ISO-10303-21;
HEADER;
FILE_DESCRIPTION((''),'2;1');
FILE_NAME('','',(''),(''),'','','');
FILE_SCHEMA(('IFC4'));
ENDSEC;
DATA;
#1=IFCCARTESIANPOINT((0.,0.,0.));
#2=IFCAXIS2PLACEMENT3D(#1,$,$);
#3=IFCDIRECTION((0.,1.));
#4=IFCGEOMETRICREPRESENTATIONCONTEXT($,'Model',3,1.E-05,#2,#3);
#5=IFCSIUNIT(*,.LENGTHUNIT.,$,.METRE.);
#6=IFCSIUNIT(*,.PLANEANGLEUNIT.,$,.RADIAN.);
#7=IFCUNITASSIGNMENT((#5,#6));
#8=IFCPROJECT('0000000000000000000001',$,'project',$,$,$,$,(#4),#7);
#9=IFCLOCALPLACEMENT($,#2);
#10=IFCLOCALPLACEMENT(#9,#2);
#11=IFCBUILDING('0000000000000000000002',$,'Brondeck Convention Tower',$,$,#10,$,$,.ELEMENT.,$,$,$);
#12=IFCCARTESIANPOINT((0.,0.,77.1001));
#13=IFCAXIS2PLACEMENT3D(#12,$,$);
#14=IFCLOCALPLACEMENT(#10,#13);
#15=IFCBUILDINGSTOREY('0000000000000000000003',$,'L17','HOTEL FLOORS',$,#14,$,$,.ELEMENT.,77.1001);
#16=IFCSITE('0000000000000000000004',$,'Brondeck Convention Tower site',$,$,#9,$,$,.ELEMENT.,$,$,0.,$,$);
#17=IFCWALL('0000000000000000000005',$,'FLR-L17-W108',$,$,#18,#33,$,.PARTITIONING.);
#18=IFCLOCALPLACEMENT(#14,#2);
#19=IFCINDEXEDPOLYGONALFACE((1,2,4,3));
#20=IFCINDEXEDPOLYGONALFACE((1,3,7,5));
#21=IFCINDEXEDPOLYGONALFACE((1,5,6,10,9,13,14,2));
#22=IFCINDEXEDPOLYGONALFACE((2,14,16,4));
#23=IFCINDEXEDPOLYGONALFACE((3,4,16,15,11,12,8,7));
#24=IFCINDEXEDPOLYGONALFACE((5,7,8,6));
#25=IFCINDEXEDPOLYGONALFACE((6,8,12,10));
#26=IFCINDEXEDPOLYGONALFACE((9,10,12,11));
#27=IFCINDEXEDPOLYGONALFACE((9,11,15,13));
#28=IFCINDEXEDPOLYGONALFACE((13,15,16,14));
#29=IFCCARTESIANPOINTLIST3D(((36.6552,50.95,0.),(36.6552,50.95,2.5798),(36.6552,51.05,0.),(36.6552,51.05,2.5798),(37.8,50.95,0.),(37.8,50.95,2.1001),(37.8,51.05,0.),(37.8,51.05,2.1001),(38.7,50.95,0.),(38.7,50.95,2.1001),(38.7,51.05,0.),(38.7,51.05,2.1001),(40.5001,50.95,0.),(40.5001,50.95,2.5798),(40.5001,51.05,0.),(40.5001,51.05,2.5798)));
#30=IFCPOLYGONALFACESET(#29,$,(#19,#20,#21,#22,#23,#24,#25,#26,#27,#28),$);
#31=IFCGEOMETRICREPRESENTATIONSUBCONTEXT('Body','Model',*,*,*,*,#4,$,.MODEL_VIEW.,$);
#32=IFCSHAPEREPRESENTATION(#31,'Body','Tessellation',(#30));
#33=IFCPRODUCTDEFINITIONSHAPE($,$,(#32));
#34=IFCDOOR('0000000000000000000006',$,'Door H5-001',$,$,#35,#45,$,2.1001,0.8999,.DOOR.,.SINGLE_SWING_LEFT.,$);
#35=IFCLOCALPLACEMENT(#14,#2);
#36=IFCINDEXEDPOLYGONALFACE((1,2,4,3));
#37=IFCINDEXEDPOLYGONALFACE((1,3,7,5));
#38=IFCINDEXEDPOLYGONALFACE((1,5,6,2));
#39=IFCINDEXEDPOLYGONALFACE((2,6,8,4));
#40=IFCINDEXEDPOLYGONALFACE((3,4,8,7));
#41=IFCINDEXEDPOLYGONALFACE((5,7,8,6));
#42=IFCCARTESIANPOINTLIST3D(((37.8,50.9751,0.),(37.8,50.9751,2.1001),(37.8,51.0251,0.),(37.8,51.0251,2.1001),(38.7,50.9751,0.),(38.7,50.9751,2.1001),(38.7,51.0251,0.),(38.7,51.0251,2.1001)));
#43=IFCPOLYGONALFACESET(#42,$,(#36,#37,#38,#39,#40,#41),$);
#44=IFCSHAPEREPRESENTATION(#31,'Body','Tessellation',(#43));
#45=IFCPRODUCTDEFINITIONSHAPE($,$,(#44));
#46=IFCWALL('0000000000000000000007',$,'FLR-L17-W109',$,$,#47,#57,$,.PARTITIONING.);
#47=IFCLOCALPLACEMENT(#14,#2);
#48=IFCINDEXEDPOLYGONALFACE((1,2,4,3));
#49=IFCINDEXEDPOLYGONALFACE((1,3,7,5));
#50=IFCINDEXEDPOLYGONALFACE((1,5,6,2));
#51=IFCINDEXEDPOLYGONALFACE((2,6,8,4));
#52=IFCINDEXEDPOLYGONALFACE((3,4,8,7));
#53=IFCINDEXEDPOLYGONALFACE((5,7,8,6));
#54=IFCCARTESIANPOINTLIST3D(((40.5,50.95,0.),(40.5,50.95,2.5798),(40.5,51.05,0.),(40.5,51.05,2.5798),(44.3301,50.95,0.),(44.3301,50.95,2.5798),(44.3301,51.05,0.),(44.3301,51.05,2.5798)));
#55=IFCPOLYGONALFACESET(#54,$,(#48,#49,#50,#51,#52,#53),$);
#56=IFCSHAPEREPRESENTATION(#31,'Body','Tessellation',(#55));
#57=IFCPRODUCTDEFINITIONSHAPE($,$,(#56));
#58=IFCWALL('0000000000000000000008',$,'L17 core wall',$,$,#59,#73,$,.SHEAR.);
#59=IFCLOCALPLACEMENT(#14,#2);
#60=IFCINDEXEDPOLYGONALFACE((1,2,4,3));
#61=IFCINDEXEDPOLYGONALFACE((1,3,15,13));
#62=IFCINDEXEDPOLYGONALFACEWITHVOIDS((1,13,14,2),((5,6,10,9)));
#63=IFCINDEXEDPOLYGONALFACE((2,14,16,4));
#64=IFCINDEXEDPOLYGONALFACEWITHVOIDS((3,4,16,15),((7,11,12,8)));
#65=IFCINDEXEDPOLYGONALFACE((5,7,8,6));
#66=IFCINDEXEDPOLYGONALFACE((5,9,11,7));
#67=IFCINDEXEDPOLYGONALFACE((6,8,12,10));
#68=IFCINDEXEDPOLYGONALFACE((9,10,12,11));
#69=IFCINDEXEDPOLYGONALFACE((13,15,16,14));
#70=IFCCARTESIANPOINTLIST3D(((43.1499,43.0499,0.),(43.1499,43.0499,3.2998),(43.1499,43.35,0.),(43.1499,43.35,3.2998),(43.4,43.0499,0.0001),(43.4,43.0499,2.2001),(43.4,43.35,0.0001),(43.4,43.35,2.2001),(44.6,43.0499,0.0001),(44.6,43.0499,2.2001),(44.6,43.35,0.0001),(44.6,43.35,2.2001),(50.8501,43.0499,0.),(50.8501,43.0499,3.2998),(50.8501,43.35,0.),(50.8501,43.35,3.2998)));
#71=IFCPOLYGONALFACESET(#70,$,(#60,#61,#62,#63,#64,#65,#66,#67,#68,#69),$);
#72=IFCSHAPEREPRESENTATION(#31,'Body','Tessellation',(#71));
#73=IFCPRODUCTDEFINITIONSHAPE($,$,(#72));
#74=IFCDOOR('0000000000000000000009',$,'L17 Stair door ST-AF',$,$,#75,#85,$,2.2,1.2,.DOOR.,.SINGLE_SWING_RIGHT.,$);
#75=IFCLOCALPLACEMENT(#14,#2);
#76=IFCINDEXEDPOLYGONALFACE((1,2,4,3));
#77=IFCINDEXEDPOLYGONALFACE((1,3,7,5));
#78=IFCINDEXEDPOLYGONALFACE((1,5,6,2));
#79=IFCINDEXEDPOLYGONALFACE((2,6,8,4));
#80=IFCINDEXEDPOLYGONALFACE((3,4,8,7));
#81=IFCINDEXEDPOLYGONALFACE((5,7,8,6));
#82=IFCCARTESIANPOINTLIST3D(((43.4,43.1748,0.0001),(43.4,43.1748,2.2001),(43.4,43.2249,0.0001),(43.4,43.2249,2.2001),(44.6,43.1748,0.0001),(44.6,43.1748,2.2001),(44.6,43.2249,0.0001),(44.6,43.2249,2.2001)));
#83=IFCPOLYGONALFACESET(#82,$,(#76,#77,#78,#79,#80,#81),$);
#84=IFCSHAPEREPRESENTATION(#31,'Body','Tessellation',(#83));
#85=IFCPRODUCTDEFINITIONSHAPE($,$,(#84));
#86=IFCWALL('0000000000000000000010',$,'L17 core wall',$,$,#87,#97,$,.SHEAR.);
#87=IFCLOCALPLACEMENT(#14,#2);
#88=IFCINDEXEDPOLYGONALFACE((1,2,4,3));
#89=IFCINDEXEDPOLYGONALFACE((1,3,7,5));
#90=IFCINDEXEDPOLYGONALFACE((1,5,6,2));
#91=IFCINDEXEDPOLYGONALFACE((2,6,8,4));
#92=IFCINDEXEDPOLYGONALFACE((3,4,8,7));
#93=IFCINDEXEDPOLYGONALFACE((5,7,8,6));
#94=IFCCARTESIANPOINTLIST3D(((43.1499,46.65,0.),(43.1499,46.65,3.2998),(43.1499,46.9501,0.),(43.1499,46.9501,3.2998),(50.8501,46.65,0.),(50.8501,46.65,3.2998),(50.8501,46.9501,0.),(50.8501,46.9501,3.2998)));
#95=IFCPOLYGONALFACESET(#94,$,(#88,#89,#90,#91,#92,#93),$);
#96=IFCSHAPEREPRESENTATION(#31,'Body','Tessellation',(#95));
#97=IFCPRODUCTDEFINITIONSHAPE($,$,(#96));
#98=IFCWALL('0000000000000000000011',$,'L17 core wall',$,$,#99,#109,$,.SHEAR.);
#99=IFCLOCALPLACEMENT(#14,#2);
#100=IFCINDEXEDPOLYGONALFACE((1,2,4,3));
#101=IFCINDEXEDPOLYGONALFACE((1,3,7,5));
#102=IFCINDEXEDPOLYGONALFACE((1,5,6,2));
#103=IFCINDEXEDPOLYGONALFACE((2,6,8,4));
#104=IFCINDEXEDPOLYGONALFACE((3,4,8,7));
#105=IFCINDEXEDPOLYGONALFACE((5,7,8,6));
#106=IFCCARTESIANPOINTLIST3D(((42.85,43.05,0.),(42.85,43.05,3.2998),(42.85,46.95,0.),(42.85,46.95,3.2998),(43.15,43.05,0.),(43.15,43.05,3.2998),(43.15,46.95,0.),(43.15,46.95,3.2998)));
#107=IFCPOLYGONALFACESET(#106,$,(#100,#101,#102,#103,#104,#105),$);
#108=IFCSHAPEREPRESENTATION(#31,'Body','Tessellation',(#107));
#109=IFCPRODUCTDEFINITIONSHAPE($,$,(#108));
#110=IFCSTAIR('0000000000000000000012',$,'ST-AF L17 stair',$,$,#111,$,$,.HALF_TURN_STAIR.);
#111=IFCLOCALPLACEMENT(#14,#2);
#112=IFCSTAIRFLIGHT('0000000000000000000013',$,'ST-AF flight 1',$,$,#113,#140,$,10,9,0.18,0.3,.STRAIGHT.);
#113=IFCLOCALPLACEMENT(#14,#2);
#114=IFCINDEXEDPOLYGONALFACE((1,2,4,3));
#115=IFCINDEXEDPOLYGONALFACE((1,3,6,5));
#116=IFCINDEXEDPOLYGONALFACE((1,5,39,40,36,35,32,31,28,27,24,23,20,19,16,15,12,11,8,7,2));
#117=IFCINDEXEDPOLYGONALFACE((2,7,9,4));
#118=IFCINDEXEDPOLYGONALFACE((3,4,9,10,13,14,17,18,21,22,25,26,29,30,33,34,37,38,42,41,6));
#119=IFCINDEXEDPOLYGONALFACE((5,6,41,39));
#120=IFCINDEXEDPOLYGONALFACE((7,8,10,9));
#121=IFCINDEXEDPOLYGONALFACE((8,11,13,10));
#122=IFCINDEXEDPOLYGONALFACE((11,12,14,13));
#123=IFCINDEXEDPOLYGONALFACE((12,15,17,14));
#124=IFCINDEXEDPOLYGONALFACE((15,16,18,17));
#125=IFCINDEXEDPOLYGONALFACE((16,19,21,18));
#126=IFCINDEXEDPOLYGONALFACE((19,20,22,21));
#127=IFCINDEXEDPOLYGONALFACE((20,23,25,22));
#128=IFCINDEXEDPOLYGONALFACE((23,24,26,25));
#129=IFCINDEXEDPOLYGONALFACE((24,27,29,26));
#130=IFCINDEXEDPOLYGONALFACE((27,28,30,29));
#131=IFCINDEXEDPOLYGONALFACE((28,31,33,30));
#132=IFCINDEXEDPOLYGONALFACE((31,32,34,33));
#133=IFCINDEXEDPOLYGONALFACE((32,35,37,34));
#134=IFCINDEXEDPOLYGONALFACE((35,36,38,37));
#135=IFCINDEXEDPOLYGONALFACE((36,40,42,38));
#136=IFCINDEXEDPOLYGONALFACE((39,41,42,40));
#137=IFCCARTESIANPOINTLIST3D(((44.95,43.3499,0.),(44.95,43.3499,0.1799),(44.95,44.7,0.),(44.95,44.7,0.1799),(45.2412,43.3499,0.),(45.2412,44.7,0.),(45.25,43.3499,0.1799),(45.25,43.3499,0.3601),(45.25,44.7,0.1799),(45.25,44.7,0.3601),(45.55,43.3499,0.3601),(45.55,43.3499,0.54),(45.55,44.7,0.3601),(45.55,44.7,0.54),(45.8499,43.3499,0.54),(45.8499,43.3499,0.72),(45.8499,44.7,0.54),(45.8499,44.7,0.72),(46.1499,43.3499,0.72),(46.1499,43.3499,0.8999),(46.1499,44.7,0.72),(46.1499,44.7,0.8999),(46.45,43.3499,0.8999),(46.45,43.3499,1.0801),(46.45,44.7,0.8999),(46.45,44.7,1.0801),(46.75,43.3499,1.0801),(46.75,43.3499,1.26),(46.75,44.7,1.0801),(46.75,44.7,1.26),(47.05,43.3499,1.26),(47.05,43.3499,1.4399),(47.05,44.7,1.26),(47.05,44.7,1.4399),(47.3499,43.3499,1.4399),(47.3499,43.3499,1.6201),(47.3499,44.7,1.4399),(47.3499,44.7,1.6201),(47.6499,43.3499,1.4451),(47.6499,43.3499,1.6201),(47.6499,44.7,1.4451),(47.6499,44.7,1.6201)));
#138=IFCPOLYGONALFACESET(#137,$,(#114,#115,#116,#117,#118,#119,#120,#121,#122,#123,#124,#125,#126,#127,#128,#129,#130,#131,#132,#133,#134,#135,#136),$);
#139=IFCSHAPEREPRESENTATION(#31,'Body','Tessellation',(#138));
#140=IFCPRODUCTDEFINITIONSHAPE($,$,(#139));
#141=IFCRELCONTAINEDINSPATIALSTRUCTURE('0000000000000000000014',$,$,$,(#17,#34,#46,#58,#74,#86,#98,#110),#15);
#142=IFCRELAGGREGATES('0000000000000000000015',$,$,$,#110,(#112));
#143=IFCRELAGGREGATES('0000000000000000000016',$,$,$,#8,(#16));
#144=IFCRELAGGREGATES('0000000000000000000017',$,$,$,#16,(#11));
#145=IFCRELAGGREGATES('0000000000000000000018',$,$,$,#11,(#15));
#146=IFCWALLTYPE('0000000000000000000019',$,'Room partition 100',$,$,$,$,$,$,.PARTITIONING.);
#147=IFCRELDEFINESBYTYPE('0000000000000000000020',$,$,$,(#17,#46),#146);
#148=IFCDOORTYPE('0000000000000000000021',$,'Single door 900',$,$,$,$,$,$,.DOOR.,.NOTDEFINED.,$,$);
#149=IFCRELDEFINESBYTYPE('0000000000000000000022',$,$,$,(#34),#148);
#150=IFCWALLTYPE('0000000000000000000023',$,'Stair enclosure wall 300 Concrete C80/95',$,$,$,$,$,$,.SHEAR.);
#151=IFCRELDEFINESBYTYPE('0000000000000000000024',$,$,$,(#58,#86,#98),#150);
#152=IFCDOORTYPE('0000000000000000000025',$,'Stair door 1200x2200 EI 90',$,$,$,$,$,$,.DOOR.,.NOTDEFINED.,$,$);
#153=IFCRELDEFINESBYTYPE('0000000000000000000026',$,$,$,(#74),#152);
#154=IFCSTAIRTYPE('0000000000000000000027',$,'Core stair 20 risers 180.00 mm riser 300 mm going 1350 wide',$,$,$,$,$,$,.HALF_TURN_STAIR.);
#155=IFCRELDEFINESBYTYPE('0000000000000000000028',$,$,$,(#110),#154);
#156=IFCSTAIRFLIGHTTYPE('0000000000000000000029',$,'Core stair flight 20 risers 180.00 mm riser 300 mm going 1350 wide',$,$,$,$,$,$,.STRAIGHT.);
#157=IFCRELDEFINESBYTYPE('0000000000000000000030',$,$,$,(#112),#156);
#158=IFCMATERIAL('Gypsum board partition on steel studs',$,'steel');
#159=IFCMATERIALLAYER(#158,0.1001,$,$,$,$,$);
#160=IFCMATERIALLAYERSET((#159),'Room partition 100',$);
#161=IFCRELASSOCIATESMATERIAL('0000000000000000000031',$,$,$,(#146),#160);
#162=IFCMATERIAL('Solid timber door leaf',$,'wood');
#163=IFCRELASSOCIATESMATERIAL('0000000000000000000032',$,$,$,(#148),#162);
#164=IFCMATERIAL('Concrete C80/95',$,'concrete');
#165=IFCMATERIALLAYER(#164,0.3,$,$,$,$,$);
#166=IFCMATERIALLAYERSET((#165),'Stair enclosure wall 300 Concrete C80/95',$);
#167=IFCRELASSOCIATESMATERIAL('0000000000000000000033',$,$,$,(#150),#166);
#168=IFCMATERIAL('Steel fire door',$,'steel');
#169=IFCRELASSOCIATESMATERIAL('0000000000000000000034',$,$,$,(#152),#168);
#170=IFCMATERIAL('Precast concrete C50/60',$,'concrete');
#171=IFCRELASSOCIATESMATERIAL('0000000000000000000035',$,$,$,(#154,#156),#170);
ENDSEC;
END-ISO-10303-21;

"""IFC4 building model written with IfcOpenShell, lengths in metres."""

from ifc_helpers import new_model, si_unit, direction, frame, frame_2d, origin, place, context, subcontext, project, spatial, polyline, rectangle, outline, extrude, material, layer, layer_set, type_object, element, fill, aggregate, save


model = new_model("IFC4")

# Units and contexts
model_context = context("Model", 3, precision=1e-05, world=origin(), true_north=direction((0.0, 1.0)))
body_context = subcontext(model_context, "Body", "Model", "MODEL_VIEW")
ifc_project = project(units=[si_unit("LENGTHUNIT", "METRE"), si_unit("PLANEANGLEUNIT", "RADIAN")], contexts=[model_context])

# Site, building, storey
site_placement = place(None, origin())
site = spatial("IfcSite", under=ifc_project, at=site_placement, Name="Brondeck Convention Tower site", CompositionType="ELEMENT", RefElevation=0.0)
building_placement = place(site_placement, origin())
building = spatial("IfcBuilding", under=site, at=building_placement, Name="Brondeck Convention Tower", CompositionType="ELEMENT")
storey_placement = place(building_placement, frame((0.0, 0.0, 77.1001)))
storey = spatial("IfcBuildingStorey", under=building, at=storey_placement, Name="L17", Description="HOTEL FLOORS", CompositionType="ELEMENT", Elevation=77.1001)

# Shared definitions
ifc_material_1 = material(Name="Concrete C80/95", Category="concrete")

# Shared definitions
ifc_material_2 = material(Name="Gypsum board partition on steel studs", Category="steel")
ifc_layer_1 = layer(ifc_material_2, 0.1001)
ifc_layer_set_1 = layer_set([ifc_layer_1], Name="Room partition 100")
wall_type_1 = type_object("IfcWallType", Name="Room partition 100", PredefinedType="PARTITIONING", material=ifc_layer_set_1)

# Wall, opening, door
ifc_material_3 = material(Name="Solid timber door leaf", Category="wood")
door_type_1 = type_object("IfcDoorType", Name="Single door 900", OperationType="NOTDEFINED", PredefinedType="DOOR", material=ifc_material_3)
wall_1_placement = place(storey_placement, frame((40.5, 51.0, 0.0), z_axis=(0.0, 0.0, 1.0), x_axis=(-1.0, 0.0, 0.0)))
wall_1 = element("IfcWall", 1, at=wall_1_placement, inside=storey, type_object=wall_type_1, Name="FLR-L17-W108", PredefinedType="PARTITIONING", context=body_context, shape_type="SweptSolid", body=[
    extrude(rectangle(XDim=3.845, YDim=0.1001, at=frame_2d((1.9224, 0.0))), origin(), (0.0, 0.0, 1.0), 2.5798),
])
opening_1_placement = place(wall_1_placement, frame((1.8, 0.0, 0.0)))
opening_1 = element("IfcOpeningElement", 2, at=opening_1_placement, cuts=wall_1, PredefinedType="OPENING", context=body_context, shape_type="SweptSolid", body=[
    extrude(rectangle(XDim=0.8999, YDim=2.1001, at=frame_2d((0.45, 1.05))), frame((0.0, 0.0601, 0.0), z_axis=(0.0, -1.0, 0.0), x_axis=(1.0, 0.0, 0.0)), (0.0, 0.0, 1.0), 0.1201),
])
door_1_placement = place(opening_1_placement, origin())
door_1 = element("IfcDoor", 3, at=door_1_placement, inside=storey, type_object=door_type_1, Name="Door H5-001", OperationType="SINGLE_SWING_LEFT", OverallHeight=2.1001, OverallWidth=0.8999, PredefinedType="DOOR", context=body_context, shape_type="SweptSolid", body=[
    extrude(rectangle(XDim=0.8999, YDim=2.1001, at=frame_2d((0.45, 1.05))), frame((0.0, 0.0249, 0.0), z_axis=(0.0, -1.0, 0.0), x_axis=(1.0, 0.0, 0.0)), (0.0, 0.0, 1.0), 0.05),
])
fill(opening_1, door_1)

# Wall
wall_2_placement = place(storey_placement, frame((44.3301, 51.0, 0.0), z_axis=(0.0, 0.0, 1.0), x_axis=(-1.0, 0.0, 0.0)))
element("IfcWall", 4, at=wall_2_placement, inside=storey, type_object=wall_type_1, Name="FLR-L17-W109", PredefinedType="PARTITIONING", context=body_context, shape_type="SweptSolid", body=[
    extrude(rectangle(XDim=3.8301, YDim=0.1001, at=frame_2d((1.915, 0.0))), origin(), (0.0, 0.0, 1.0), 2.5798),
])

# Wall, opening, door
ifc_layer_2 = layer(ifc_material_1, 0.3)
ifc_layer_set_2 = layer_set([ifc_layer_2], Name="Stair enclosure wall 300 Concrete C80/95")
wall_type_2 = type_object("IfcWallType", Name="Stair enclosure wall 300 Concrete C80/95", PredefinedType="SHEAR", material=ifc_layer_set_2)
wall_3_placement = place(storey_placement, frame((43.1499, 43.2, 0.0), z_axis=(0.0, 0.0, 1.0), x_axis=(1.0, 0.0, 0.0)))
wall_3 = element("IfcWall", 5, at=wall_3_placement, inside=storey, type_object=wall_type_2, Name="L17 core wall", PredefinedType="SHEAR", context=body_context, shape_type="SweptSolid", body=[
    extrude(rectangle(XDim=7.7002, YDim=0.3, at=frame_2d((3.8501, 0.0))), origin(), (0.0, 0.0, 1.0), 3.2998),
])
opening_2_placement = place(wall_3_placement, frame((0.25, 0.0, 0.0)))
opening_2 = element("IfcOpeningElement", 6, at=opening_2_placement, cuts=wall_3, PredefinedType="OPENING", context=body_context, shape_type="SweptSolid", body=[
    extrude(rectangle(XDim=1.2, YDim=2.2, at=frame_2d((0.6001, 1.1001))), frame((0.0, 0.1599, 0.0), z_axis=(0.0, -1.0, 0.0), x_axis=(1.0, 0.0, 0.0)), (0.0, 0.0, 1.0), 0.3201),
])
ifc_material_4 = material(Name="Steel fire door", Category="steel")
door_type_2 = type_object("IfcDoorType", Name="Stair door 1200x2200 EI 90", OperationType="NOTDEFINED", PredefinedType="DOOR", material=ifc_material_4)
door_2_placement = place(opening_2_placement, origin())
door_2 = element("IfcDoor", 7, at=door_2_placement, inside=storey, type_object=door_type_2, Name="L17 Stair door ST-AF", OperationType="SINGLE_SWING_RIGHT", OverallHeight=2.2, OverallWidth=1.2, PredefinedType="DOOR", context=body_context, shape_type="SweptSolid", body=[
    extrude(rectangle(XDim=1.2, YDim=2.2, at=frame_2d((0.6001, 1.1001))), frame((0.0, 0.0249, 0.0), z_axis=(0.0, -1.0, 0.0), x_axis=(1.0, 0.0, 0.0)), (0.0, 0.0, 1.0), 0.05),
])
fill(opening_2, door_2)

# Walls
wall_4_placement = place(storey_placement, frame((43.1499, 46.8, 0.0), z_axis=(0.0, 0.0, 1.0), x_axis=(1.0, 0.0, 0.0)))
element("IfcWall", 8, at=wall_4_placement, inside=storey, type_object=wall_type_2, Name="L17 core wall", PredefinedType="SHEAR", context=body_context, shape_type="SweptSolid", body=[
    extrude(rectangle(XDim=7.7002, YDim=0.3, at=frame_2d((3.8501, 0.0))), origin(), (0.0, 0.0, 1.0), 3.2998),
])
wall_5_placement = place(storey_placement, frame((43.0, 43.05, 0.0), z_axis=(0.0, 0.0, 1.0), x_axis=(0.0, 1.0, 0.0)))
element("IfcWall", 9, at=wall_5_placement, inside=storey, type_object=wall_type_2, Name="L17 core wall", PredefinedType="SHEAR", context=body_context, shape_type="SweptSolid", body=[
    extrude(rectangle(XDim=3.8999, YDim=0.3, at=frame_2d((1.95, 0.0))), origin(), (0.0, 0.0, 1.0), 3.2998),
])

# Stair, stair flight
ifc_material_5 = material(Name="Precast concrete C50/60", Category="concrete")
stair_type = type_object("IfcStairType", Name="Core stair 20 risers 180.00 mm riser 300 mm going 1350 wide", PredefinedType="HALF_TURN_STAIR", material=ifc_material_5)
stair_placement = place(storey_placement, origin())
stair = element("IfcStair", 10, at=stair_placement, inside=storey, type_object=stair_type, Name="ST-AF L17 stair", PredefinedType="HALF_TURN_STAIR")
stair_flight_type = type_object("IfcStairFlightType", Name="Core stair flight 20 risers 180.00 mm riser 300 mm going 1350 wide", PredefinedType="STRAIGHT", material=ifc_material_5)
stair_flight_placement = place(storey_placement, frame((44.95, 44.0249, 0.0), z_axis=(0.0, 0.0, 1.0), x_axis=(1.0, 0.0, 0.0)))
stair_flight = element("IfcStairFlight", 11, at=stair_flight_placement, type_object=stair_flight_type, Name="ST-AF flight 1", NumberOfRisers=10, NumberOfTreads=9, PredefinedType="STRAIGHT", RiserHeight=0.18, TreadLength=0.3, context=body_context, shape_type="SweptSolid", body=[
    extrude(outline(polyline([(0.0, 0.0), (0.0, 0.1799), (0.3, 0.1799), (0.3, 0.3601), (0.6001, 0.3601), (0.6001, 0.54), (0.8999, 0.54), (0.8999, 0.72), (1.2, 0.72), (1.2, 0.8999), (1.5, 0.8999), (1.5, 1.0801), (1.8, 1.0801), (1.8, 1.26), (2.1001, 1.26), (2.1001, 1.4399), (2.3999, 1.4399), (2.3999, 1.6201), (2.7, 1.6201), (2.7, 1.8), (2.7, 1.4451), (0.2913, 0.0), (0.0, 0.0)])), frame((0.0, 0.675, 0.0), z_axis=(0.0, -1.0, 0.0), x_axis=(1.0, 0.0, 0.0)), (0.0, 0.0, 1.0), 1.3501),
])
aggregate(stair, [stair_flight])

save(model, "model.ifc")
